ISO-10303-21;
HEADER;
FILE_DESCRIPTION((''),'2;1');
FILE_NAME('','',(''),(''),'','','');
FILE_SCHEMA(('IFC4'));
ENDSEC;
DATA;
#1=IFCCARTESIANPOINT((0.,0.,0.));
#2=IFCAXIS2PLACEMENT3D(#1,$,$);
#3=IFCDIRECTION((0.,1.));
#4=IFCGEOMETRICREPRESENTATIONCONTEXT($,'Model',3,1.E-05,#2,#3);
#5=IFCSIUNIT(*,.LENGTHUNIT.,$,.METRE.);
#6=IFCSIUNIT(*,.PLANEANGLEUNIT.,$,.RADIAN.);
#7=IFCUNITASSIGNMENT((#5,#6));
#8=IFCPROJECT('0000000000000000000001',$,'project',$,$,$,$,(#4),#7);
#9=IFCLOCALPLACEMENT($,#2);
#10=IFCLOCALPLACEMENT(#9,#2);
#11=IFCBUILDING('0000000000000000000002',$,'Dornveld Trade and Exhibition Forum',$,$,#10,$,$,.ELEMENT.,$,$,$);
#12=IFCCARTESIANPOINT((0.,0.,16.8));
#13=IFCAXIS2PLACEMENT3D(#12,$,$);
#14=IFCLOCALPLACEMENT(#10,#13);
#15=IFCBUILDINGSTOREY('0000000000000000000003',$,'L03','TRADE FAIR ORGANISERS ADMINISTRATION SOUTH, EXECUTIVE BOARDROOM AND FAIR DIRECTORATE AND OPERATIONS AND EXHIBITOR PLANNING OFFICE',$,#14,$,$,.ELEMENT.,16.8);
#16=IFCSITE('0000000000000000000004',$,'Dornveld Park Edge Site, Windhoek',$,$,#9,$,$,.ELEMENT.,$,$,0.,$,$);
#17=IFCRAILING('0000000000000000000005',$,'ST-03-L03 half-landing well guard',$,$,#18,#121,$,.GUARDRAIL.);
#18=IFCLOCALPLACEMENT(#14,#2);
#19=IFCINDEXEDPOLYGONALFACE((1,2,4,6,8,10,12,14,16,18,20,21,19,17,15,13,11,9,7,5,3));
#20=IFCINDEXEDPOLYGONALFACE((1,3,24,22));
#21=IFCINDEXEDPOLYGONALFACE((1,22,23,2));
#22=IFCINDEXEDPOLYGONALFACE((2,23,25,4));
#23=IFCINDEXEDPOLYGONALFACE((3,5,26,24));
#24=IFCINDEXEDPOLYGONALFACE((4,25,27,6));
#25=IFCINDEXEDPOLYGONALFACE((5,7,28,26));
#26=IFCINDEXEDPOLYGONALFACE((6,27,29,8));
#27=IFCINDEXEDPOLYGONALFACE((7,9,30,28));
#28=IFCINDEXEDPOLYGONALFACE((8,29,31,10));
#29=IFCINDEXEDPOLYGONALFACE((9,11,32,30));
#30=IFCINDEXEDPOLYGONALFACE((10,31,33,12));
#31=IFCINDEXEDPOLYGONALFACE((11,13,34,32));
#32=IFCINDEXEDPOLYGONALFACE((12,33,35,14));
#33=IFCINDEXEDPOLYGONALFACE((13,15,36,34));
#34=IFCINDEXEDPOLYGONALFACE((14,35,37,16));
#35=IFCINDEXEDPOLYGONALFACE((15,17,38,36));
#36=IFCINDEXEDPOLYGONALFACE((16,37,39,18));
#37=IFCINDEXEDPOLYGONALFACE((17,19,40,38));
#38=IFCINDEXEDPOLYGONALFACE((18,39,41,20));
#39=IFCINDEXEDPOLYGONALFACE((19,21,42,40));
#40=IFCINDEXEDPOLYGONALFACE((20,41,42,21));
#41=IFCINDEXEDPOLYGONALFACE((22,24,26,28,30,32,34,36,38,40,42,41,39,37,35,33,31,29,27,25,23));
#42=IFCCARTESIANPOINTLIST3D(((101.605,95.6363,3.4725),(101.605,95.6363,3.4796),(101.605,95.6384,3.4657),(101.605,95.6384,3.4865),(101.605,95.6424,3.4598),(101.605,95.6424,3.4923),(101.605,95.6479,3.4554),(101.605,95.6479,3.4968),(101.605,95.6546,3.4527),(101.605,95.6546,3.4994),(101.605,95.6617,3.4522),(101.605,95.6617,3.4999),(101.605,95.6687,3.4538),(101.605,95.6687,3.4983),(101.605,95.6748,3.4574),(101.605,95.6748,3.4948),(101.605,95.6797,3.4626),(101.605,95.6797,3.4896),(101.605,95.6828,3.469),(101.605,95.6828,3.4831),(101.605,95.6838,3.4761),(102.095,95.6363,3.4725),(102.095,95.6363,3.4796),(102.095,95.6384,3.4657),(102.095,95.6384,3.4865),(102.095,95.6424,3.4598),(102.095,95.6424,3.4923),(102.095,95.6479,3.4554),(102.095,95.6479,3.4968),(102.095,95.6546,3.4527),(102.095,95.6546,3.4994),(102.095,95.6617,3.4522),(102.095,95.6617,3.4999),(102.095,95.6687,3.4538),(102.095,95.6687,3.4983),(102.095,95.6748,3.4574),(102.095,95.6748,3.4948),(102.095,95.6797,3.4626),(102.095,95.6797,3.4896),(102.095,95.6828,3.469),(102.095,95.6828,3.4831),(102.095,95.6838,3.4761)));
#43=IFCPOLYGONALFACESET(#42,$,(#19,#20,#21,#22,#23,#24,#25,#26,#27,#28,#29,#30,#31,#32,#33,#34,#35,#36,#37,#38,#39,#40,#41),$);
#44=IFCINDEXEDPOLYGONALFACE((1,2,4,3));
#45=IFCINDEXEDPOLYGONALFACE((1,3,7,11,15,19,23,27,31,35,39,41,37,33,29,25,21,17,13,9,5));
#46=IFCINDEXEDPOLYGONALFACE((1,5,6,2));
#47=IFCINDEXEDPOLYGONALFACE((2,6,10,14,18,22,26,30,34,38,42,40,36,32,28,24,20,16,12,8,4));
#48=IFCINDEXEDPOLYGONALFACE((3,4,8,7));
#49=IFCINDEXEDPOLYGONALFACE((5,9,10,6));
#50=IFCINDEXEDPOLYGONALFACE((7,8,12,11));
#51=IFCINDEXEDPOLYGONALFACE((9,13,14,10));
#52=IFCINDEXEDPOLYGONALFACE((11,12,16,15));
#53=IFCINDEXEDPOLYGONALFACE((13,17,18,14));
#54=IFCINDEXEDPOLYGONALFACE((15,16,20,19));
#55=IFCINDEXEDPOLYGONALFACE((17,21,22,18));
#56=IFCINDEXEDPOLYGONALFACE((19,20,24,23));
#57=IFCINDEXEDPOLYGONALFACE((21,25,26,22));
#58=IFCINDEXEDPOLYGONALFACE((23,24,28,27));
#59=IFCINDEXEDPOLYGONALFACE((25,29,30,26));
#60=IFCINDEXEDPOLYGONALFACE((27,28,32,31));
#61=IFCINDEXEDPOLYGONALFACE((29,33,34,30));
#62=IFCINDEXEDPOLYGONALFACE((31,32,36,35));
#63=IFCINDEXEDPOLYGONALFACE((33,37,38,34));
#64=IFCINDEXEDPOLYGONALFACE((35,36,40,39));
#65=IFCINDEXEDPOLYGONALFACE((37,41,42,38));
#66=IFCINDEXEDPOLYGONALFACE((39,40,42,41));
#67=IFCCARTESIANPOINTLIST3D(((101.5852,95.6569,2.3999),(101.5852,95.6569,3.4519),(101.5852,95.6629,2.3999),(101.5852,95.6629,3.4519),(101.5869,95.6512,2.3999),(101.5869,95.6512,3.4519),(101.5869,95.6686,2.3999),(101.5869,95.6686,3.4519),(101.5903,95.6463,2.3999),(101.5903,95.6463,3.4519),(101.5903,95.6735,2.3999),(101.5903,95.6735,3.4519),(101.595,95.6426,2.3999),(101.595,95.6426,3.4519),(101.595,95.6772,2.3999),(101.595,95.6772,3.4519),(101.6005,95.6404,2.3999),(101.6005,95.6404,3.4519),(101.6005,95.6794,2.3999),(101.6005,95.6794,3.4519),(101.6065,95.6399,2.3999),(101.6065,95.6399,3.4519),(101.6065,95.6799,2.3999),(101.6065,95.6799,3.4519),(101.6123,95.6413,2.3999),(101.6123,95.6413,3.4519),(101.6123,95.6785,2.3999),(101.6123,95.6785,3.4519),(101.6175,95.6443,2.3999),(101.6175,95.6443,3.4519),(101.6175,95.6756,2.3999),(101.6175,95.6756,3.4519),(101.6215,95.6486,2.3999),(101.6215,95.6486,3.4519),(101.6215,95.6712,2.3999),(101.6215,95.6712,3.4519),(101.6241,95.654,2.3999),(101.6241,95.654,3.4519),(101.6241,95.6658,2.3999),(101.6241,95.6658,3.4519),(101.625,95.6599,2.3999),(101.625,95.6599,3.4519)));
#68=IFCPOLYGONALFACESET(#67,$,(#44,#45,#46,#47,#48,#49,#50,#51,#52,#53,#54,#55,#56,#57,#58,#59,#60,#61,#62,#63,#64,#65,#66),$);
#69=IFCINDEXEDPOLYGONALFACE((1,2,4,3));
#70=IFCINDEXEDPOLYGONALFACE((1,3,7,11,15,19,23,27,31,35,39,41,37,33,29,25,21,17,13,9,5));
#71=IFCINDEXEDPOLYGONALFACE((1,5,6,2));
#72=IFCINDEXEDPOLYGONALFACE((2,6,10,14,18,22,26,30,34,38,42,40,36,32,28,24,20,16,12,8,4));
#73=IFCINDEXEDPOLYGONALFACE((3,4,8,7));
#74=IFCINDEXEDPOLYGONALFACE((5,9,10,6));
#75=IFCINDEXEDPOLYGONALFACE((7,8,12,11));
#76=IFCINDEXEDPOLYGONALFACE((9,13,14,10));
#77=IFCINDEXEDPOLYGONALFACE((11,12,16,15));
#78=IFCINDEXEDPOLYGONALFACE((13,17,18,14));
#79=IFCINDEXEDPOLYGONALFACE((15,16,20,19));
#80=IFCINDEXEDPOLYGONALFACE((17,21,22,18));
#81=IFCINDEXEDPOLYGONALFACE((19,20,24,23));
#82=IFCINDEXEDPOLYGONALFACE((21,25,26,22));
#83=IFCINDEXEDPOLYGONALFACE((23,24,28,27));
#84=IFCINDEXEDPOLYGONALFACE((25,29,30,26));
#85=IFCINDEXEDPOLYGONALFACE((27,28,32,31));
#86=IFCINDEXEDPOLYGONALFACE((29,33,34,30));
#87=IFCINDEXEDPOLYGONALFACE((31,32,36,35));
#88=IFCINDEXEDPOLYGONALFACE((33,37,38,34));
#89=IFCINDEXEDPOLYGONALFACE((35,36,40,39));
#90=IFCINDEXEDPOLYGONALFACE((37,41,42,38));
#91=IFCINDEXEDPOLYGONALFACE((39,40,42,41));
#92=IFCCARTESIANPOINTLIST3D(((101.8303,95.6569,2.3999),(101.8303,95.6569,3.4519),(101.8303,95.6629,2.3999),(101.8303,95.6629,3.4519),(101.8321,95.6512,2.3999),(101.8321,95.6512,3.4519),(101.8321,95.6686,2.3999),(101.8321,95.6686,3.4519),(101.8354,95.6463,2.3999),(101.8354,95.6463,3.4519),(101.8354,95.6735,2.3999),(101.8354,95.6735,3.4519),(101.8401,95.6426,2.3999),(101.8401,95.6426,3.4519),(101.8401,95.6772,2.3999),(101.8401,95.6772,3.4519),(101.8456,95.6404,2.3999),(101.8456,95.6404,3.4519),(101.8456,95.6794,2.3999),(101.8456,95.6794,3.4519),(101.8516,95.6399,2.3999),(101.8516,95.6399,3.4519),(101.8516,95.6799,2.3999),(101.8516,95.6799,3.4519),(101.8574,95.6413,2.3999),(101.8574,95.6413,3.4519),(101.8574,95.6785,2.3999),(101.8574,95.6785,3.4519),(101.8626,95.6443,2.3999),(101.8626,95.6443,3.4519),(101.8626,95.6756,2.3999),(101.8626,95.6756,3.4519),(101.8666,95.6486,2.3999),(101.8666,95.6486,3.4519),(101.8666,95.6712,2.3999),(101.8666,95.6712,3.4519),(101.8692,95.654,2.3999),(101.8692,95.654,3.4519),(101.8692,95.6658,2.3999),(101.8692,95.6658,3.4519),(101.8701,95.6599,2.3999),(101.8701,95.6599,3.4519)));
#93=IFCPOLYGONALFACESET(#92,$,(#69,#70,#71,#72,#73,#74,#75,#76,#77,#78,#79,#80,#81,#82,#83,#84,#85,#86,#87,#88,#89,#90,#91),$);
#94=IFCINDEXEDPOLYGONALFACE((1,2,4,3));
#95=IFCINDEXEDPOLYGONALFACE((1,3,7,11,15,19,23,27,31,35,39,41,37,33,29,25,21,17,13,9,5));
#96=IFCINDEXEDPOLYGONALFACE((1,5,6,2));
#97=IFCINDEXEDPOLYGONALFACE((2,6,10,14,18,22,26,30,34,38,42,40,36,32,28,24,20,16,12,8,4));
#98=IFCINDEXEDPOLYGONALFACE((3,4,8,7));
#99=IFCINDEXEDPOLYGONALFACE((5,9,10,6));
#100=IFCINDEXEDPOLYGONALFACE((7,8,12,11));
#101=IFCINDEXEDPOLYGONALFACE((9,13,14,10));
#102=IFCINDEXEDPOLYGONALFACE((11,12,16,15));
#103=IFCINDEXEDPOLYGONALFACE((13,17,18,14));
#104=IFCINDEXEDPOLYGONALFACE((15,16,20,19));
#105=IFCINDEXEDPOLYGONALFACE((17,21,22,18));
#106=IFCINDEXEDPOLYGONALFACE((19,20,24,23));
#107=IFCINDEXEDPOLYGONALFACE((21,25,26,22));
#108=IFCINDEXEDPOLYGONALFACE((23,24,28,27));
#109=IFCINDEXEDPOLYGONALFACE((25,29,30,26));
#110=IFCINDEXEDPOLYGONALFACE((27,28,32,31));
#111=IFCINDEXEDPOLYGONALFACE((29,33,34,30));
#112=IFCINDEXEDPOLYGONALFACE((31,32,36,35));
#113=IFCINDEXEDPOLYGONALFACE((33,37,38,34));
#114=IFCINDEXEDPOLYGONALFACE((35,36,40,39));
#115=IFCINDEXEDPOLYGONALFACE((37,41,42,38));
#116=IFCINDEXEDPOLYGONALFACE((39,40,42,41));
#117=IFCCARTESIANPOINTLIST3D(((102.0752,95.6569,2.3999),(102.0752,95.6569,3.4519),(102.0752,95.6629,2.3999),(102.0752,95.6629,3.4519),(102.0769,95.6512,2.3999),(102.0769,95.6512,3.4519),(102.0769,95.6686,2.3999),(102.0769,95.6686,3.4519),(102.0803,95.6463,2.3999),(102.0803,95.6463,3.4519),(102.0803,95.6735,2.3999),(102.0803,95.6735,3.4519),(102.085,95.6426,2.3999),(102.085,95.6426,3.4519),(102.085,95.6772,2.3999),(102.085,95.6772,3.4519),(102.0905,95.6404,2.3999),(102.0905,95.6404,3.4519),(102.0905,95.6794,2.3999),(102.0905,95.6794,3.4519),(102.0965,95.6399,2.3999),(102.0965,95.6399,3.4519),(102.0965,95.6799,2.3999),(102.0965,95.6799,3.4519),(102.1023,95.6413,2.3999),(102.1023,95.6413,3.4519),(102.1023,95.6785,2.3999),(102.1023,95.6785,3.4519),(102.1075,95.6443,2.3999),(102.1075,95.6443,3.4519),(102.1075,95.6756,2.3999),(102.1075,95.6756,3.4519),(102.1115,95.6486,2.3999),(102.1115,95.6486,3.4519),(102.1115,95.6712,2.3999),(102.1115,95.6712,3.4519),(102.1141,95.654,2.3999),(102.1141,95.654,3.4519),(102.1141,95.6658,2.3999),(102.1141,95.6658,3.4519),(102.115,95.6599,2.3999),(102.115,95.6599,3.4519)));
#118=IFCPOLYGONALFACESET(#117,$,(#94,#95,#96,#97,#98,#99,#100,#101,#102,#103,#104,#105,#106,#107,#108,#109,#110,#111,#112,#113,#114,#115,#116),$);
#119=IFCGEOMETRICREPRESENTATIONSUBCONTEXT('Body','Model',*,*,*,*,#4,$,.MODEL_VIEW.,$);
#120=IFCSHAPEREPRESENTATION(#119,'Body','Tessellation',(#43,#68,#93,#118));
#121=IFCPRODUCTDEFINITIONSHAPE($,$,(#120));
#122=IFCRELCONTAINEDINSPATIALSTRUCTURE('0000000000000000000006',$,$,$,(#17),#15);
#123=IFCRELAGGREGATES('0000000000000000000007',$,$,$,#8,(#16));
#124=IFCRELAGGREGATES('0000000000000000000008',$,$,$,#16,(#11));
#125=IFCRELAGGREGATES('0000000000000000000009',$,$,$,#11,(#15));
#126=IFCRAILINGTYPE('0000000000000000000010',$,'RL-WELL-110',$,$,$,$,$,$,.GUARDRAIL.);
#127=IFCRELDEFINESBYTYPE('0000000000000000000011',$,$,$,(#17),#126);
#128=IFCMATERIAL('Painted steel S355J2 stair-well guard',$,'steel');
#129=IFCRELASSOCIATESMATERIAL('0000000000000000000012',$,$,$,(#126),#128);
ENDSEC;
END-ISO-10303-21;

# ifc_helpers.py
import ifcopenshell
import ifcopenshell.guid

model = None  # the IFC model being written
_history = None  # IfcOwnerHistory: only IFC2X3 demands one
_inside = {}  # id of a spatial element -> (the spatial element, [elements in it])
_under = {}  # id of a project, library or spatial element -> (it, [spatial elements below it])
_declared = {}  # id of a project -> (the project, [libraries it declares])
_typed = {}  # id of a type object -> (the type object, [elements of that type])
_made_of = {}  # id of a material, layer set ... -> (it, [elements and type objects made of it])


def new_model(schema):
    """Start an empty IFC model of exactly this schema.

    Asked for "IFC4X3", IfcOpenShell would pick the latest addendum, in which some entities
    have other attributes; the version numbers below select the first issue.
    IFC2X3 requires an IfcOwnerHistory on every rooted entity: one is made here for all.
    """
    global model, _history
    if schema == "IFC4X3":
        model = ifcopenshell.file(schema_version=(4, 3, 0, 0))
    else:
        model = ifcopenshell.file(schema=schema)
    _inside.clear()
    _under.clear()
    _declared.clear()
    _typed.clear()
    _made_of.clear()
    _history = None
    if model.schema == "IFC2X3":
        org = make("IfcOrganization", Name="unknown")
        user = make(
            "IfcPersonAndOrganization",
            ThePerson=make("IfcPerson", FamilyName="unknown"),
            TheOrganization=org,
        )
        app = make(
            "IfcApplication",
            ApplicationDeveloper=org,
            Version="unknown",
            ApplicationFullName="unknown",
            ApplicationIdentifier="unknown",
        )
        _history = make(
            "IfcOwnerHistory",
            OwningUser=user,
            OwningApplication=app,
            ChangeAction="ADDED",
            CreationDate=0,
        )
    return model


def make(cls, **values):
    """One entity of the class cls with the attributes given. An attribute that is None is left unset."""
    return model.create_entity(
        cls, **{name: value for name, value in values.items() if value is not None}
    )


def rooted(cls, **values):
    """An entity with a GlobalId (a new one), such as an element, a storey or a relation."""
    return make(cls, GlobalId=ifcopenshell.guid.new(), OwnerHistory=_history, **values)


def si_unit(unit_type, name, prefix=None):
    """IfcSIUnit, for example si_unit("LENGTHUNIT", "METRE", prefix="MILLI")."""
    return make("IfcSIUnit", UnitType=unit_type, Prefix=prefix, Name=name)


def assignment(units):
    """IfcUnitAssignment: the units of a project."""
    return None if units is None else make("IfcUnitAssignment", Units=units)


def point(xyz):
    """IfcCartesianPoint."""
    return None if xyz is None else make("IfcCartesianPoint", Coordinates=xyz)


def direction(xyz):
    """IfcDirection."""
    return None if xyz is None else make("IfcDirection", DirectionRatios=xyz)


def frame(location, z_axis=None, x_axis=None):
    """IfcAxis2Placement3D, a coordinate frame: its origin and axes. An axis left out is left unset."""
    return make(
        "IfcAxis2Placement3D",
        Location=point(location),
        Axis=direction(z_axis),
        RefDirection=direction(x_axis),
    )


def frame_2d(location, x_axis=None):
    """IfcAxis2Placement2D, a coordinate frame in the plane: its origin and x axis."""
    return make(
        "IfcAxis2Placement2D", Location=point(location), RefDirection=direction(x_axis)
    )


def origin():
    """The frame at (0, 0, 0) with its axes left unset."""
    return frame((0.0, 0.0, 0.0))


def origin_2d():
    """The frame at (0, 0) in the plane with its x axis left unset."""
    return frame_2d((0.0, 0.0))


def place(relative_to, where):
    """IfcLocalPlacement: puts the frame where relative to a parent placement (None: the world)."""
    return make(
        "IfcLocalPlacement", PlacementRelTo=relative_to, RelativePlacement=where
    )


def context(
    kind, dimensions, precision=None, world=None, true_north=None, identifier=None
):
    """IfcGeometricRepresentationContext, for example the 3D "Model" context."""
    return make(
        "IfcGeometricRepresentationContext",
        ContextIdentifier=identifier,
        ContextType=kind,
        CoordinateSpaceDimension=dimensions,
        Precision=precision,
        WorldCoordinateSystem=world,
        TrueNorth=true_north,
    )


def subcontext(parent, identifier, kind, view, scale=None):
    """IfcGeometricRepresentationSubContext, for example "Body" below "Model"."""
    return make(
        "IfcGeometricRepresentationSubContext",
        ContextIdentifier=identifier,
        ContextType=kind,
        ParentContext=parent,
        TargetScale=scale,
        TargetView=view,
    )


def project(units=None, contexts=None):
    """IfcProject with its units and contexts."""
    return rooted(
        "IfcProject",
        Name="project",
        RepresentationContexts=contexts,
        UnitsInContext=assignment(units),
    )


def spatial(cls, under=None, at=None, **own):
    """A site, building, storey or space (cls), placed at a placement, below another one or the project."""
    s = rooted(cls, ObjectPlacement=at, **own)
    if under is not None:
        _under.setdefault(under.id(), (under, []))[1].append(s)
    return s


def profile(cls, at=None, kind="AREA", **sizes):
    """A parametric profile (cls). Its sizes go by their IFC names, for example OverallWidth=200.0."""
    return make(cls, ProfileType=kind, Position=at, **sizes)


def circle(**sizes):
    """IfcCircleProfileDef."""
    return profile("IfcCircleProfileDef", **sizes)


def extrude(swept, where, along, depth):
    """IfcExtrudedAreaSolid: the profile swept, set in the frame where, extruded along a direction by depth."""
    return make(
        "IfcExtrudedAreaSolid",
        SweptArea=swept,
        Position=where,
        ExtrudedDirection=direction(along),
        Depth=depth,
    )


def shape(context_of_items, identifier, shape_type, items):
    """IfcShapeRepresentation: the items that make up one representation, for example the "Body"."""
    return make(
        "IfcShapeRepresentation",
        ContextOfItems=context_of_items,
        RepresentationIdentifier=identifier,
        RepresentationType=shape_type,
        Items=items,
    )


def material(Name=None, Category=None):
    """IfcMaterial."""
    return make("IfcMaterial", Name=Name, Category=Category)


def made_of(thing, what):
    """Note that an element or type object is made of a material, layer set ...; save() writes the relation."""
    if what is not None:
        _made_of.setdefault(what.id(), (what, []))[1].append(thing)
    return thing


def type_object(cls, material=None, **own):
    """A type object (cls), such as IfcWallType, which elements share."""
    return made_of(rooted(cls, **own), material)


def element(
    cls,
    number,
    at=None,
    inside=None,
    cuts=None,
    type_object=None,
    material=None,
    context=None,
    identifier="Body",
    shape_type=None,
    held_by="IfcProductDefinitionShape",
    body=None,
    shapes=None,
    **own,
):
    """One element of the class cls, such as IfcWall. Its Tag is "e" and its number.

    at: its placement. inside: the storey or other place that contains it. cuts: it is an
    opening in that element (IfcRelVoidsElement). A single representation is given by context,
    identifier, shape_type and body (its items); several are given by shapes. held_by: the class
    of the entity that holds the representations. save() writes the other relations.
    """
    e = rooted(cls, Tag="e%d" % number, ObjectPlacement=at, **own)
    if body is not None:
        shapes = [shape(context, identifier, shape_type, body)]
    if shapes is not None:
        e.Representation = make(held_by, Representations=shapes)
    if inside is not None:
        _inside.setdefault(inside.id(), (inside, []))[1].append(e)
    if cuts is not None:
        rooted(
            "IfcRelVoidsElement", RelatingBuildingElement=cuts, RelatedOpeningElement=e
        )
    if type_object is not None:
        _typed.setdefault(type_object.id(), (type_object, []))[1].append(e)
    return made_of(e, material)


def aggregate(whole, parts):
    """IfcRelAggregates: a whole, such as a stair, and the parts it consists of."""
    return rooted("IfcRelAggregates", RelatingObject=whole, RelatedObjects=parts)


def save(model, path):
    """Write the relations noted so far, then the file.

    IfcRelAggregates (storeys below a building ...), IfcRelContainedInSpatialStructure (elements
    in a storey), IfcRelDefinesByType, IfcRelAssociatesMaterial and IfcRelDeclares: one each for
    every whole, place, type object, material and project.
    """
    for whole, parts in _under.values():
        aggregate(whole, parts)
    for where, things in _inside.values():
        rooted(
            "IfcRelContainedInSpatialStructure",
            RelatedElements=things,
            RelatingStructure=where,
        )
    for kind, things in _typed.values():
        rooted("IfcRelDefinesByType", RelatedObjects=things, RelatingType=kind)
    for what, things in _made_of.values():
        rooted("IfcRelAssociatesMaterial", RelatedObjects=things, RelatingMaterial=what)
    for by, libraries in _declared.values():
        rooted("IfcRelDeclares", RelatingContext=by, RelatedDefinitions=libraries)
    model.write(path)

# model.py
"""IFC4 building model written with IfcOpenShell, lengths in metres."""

from ifc_helpers import new_model, si_unit, direction, frame, origin, origin_2d, place, context, subcontext, project, spatial, circle, extrude, material, type_object, element, save


model = new_model("IFC4")

# Units and contexts
model_context = context("Model", 3, precision=1e-05, world=origin(), true_north=direction((0.0, 1.0)))
body_context = subcontext(model_context, "Body", "Model", "MODEL_VIEW")
ifc_project = project(units=[si_unit("LENGTHUNIT", "METRE"), si_unit("PLANEANGLEUNIT", "RADIAN")], contexts=[model_context])

# Site, building, storey
site_placement = place(None, origin())
site = spatial("IfcSite", under=ifc_project, at=site_placement, Name="Dornveld Park Edge Site, Windhoek", CompositionType="ELEMENT", RefElevation=0.0)
building_placement = place(site_placement, origin())
building = spatial("IfcBuilding", under=site, at=building_placement, Name="Dornveld Trade and Exhibition Forum", CompositionType="ELEMENT")
storey_placement = place(building_placement, frame((0.0, 0.0, 16.8)))
storey = spatial("IfcBuildingStorey", under=building, at=storey_placement, Name="L03", Description="TRADE FAIR ORGANISERS ADMINISTRATION SOUTH, EXECUTIVE BOARDROOM AND FAIR DIRECTORATE AND OPERATIONS AND EXHIBITOR PLANNING OFFICE", CompositionType="ELEMENT", Elevation=16.8)

# Railing
ifc_material_1 = material(Name="Painted steel S355J2 stair-well guard", Category="steel")
railing_type_1 = type_object("IfcRailingType", Name="RL-WELL-110", PredefinedType="GUARDRAIL", material=ifc_material_1)
railing_1_placement = place(storey_placement, frame((101.605, 95.6599, 2.3999)))
element("IfcRailing", 1, at=railing_1_placement, inside=storey, type_object=railing_type_1, Name="ST-03-L03 half-landing well guard", PredefinedType="GUARDRAIL", context=body_context, shape_type="SweptSolid", body=[
    extrude(circle(Radius=0.0239, at=origin_2d()), frame((0.0, 0.0, 1.0762), z_axis=(1.0, 0.0, 0.0), x_axis=(0.0, 1.0, 0.0)), (0.0, 0.0, 1.0), 0.49),
    extrude(circle(Radius=0.02, at=origin_2d()), origin(), (0.0, 0.0, 1.0), 1.052),
    extrude(circle(Radius=0.02, at=origin_2d()), frame((0.2451, 0.0, 0.0)), (0.0, 0.0, 1.0), 1.052),
    extrude(circle(Radius=0.02, at=origin_2d()), frame((0.49, 0.0, 0.0)), (0.0, 0.0, 1.0), 1.052),
])

save(model, "model.ifc")
